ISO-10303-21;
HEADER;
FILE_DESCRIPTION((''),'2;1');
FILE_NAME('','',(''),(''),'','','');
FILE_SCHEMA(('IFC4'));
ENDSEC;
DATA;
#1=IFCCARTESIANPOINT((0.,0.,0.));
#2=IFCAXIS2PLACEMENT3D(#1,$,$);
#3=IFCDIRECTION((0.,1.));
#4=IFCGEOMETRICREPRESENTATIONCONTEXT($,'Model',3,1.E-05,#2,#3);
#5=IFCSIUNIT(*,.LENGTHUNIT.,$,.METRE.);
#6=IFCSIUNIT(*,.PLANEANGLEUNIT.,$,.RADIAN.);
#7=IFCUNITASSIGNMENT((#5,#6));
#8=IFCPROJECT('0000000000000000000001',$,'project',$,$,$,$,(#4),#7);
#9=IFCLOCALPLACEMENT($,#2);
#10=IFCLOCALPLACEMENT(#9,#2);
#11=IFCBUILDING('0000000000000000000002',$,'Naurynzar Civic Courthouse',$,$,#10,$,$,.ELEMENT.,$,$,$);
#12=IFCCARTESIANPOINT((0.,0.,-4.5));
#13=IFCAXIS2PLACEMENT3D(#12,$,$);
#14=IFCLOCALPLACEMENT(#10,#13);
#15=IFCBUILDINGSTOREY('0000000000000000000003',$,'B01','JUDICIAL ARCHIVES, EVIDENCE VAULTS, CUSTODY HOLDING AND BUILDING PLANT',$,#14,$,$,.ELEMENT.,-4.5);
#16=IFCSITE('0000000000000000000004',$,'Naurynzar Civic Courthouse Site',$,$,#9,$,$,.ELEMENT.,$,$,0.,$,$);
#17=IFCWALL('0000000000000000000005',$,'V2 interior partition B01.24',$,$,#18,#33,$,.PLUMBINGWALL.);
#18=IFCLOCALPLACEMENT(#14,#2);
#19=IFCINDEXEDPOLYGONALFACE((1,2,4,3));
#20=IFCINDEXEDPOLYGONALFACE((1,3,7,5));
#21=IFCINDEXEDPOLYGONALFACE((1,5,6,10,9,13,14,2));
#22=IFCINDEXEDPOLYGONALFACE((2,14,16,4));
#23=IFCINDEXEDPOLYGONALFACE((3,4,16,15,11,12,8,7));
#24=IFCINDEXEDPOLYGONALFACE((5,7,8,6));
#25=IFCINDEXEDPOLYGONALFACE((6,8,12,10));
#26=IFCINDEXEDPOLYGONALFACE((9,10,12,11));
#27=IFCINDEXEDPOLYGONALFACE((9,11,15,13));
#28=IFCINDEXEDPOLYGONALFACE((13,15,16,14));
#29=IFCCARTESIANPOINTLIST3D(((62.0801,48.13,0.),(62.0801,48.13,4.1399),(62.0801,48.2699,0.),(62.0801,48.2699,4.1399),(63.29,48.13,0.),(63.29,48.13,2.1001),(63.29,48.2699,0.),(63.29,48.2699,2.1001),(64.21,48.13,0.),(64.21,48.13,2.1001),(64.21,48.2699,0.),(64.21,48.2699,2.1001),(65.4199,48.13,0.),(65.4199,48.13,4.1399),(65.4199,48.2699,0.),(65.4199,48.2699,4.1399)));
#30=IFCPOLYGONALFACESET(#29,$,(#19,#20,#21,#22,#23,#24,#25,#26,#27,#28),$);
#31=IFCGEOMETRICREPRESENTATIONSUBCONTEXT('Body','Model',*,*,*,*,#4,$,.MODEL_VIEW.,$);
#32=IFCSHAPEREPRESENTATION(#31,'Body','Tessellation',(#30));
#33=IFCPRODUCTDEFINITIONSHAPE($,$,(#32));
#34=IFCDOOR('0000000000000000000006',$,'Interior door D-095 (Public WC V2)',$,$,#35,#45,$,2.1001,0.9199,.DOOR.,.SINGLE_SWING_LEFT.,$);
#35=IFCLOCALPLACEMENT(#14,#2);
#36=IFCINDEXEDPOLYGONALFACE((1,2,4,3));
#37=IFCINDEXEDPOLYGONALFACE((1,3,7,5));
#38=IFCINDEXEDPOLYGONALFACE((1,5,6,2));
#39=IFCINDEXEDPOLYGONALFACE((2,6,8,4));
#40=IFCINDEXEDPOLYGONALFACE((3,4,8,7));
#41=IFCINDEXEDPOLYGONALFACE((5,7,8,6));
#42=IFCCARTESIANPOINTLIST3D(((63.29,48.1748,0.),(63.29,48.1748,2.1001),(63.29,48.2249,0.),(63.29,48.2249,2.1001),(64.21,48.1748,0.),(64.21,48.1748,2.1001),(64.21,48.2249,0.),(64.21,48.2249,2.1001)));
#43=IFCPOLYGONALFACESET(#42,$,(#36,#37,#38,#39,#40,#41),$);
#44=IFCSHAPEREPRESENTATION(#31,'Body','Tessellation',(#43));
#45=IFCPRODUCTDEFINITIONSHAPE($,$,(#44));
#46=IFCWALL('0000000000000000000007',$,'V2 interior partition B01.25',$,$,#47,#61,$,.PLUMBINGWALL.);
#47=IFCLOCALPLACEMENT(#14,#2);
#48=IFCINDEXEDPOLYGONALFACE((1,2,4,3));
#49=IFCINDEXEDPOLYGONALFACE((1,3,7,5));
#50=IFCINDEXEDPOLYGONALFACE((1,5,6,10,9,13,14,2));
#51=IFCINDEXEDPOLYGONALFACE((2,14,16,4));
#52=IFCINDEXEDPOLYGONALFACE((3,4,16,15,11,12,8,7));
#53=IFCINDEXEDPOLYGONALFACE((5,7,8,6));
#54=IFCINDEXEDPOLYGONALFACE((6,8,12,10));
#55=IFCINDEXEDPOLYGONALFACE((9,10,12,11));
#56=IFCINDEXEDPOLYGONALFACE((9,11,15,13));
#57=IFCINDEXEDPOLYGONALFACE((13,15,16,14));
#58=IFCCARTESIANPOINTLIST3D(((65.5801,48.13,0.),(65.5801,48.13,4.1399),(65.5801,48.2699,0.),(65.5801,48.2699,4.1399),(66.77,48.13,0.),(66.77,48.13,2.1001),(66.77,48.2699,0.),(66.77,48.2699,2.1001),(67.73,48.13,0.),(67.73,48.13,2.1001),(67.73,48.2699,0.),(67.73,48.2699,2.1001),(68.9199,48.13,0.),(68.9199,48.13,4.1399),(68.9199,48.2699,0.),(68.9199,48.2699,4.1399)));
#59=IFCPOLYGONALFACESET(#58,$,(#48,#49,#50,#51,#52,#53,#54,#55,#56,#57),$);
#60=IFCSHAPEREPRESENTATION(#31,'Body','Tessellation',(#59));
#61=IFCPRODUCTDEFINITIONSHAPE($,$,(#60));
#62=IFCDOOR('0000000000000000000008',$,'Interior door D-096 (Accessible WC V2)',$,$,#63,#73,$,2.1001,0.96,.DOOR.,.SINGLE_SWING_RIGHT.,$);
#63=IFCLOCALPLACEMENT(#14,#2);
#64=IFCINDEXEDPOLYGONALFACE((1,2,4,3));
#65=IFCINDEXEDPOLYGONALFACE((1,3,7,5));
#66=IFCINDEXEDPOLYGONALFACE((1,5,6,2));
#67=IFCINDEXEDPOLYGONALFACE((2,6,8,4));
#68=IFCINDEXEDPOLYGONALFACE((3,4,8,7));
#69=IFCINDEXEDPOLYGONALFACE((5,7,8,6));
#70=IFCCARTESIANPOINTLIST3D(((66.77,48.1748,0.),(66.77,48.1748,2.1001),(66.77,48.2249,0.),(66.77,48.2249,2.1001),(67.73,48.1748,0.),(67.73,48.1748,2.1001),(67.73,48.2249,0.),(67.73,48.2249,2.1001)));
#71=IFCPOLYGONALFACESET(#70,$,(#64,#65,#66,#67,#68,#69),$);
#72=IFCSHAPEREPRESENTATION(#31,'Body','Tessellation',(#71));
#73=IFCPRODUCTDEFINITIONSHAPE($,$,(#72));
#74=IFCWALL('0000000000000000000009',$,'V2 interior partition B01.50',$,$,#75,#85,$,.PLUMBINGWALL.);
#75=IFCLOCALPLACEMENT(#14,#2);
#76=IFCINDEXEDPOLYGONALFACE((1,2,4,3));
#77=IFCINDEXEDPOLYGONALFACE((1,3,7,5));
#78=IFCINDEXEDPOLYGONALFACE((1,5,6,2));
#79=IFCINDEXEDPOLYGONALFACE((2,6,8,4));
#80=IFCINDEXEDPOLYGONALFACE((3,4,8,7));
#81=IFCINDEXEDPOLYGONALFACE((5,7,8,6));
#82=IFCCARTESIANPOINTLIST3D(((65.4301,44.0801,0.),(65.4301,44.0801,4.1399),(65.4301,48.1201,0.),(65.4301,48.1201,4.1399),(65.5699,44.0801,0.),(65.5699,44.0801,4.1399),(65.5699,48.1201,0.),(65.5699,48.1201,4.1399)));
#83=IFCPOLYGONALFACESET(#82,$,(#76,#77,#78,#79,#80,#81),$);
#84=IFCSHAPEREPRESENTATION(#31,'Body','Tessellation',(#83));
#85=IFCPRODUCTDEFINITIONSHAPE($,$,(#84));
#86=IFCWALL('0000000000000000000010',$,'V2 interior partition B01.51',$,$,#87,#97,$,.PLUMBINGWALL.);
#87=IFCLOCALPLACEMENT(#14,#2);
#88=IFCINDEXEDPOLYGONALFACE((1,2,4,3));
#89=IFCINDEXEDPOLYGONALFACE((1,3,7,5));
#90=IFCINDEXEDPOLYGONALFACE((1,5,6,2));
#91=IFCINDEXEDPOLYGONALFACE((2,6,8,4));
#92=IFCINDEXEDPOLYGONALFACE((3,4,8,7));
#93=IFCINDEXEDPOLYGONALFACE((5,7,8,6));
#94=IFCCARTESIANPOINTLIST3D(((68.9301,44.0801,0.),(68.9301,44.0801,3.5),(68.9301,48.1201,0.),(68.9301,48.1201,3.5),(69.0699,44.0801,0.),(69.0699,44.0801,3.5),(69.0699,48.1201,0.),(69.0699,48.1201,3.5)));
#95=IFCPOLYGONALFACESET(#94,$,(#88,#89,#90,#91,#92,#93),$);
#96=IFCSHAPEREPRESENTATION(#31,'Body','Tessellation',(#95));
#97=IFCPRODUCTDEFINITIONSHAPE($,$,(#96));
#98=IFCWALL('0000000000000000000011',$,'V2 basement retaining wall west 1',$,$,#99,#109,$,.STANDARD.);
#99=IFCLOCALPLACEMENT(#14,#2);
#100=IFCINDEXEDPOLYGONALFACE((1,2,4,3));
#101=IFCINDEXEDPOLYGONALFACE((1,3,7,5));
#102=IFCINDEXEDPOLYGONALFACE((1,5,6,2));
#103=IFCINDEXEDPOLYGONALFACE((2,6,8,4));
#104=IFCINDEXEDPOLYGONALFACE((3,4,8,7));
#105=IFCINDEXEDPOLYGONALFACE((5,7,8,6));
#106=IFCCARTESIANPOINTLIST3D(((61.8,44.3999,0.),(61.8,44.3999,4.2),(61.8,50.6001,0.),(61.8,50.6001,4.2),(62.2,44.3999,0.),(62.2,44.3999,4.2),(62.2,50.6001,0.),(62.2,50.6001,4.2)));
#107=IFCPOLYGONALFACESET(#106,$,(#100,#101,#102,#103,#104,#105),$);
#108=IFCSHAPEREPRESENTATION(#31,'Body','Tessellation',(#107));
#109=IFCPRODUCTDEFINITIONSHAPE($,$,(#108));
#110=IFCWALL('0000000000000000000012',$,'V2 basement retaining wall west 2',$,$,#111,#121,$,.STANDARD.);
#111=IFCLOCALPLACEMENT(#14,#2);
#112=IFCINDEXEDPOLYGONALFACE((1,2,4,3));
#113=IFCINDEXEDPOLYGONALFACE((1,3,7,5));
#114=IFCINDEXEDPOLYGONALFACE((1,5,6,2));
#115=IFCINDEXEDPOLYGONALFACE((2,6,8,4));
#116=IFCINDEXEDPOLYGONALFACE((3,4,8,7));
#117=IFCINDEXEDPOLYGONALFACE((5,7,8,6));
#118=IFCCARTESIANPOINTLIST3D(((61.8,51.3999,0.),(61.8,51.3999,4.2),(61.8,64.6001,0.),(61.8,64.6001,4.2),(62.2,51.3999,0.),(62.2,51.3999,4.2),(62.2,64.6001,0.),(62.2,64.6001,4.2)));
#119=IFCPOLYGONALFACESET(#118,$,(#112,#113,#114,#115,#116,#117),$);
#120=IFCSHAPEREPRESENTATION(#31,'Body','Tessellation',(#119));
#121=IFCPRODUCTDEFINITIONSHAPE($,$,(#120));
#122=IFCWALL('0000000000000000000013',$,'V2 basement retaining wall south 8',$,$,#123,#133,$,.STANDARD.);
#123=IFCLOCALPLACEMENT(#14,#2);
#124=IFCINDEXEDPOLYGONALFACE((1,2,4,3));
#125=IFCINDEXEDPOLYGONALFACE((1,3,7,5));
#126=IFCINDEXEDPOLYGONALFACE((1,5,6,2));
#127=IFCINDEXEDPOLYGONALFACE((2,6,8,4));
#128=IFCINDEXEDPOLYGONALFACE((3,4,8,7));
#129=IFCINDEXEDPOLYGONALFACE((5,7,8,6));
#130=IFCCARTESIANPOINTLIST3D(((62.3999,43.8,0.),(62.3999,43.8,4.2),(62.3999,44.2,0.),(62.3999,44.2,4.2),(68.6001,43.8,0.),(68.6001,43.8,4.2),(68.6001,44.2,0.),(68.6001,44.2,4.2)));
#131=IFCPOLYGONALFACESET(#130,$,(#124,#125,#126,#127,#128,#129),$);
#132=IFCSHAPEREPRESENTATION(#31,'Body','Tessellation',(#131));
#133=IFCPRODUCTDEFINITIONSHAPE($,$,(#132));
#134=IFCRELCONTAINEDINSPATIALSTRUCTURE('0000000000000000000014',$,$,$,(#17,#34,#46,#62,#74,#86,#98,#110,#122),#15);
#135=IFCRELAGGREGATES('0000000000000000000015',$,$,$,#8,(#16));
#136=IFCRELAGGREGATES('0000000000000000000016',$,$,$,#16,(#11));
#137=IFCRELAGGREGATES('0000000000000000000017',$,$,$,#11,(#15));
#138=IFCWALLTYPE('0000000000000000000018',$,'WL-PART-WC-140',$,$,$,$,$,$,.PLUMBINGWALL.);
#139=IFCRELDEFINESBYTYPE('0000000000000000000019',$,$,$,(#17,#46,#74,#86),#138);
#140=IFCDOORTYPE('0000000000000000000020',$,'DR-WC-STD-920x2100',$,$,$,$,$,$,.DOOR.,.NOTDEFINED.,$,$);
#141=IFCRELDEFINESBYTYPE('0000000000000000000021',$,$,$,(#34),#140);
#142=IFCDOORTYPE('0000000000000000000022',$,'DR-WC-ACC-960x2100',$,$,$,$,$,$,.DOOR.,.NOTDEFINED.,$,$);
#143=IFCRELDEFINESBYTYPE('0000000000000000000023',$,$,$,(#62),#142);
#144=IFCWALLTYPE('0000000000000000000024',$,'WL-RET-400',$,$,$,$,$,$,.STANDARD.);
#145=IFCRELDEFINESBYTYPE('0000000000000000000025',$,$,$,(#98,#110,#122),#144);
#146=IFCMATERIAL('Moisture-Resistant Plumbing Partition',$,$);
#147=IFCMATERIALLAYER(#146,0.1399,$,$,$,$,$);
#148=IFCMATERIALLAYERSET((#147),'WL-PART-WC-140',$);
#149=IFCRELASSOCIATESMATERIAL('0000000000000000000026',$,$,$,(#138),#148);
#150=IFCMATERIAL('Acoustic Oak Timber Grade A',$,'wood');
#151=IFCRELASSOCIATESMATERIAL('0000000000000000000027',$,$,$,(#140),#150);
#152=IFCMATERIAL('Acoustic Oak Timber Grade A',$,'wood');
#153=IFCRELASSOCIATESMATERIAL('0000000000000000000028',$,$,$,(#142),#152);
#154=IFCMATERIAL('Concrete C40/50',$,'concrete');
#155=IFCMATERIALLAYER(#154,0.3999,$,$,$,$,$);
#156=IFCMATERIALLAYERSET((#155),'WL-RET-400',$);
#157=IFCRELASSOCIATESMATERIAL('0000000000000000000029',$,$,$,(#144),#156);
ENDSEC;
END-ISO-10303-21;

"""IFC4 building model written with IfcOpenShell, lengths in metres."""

from ifc_helpers import new_model, si_unit, direction, frame, frame_2d, origin, place, context, subcontext, project, spatial, rectangle, extrude, material, layer, layer_set, type_object, element, fill, save


model = new_model("IFC4")

# Units and contexts
model_context = context("Model", 3, precision=1e-05, world=origin(), true_north=direction((0.0, 1.0)))
body_context = subcontext(model_context, "Body", "Model", "MODEL_VIEW")
ifc_project = project(units=[si_unit("LENGTHUNIT", "METRE"), si_unit("PLANEANGLEUNIT", "RADIAN")], contexts=[model_context])

# Site, building, storey
site_placement = place(None, origin())
site = spatial("IfcSite", under=ifc_project, at=site_placement, Name="Naurynzar Civic Courthouse Site", CompositionType="ELEMENT", RefElevation=0.0)
building_placement = place(site_placement, origin())
building = spatial("IfcBuilding", under=site, at=building_placement, Name="Naurynzar Civic Courthouse", CompositionType="ELEMENT")
storey_placement = place(building_placement, frame((0.0, 0.0, -4.5)))
storey = spatial("IfcBuildingStorey", under=building, at=storey_placement, Name="B01", Description="JUDICIAL ARCHIVES, EVIDENCE VAULTS, CUSTODY HOLDING AND BUILDING PLANT", CompositionType="ELEMENT", Elevation=-4.5)

# Walls, openings, doors
ifc_material_1 = material(Name="Moisture-Resistant Plumbing Partition")
ifc_layer_1 = layer(ifc_material_1, 0.1399)
ifc_layer_set_1 = layer_set([ifc_layer_1], Name="WL-PART-WC-140")
wall_type_1 = type_object("IfcWallType", Name="WL-PART-WC-140", PredefinedType="PLUMBINGWALL", material=ifc_layer_set_1)
wall_1_placement = place(storey_placement, frame((62.0801, 48.2, 0.0), z_axis=(0.0, 0.0, 1.0), x_axis=(1.0, 0.0, 0.0)))
wall_1 = element("IfcWall", 1, at=wall_1_placement, inside=storey, type_object=wall_type_1, Name="V2 interior partition B01.24", PredefinedType="PLUMBINGWALL", context=body_context, shape_type="SweptSolid", body=[
    extrude(rectangle(XDim=3.3398, YDim=0.1399, at=frame_2d((1.6699, 0.0))), origin(), (0.0, 0.0, 1.0), 4.1399),
])
opening_1_placement = place(wall_1_placement, frame((1.21, 0.0, 0.0)))
opening_1 = element("IfcOpeningElement", 2, at=opening_1_placement, cuts=wall_1, PredefinedType="OPENING", context=body_context, shape_type="SweptSolid", body=[
    extrude(rectangle(XDim=0.9199, YDim=2.1001, at=frame_2d((0.46, 1.05))), frame((0.0, 0.0798, 0.0), z_axis=(0.0, -1.0, 0.0), x_axis=(1.0, 0.0, 0.0)), (0.0, 0.0, 1.0), 0.1599),
])
ifc_material_2 = material(Name="Acoustic Oak Timber Grade A", Category="wood")
door_type_1 = type_object("IfcDoorType", Name="DR-WC-STD-920x2100", OperationType="NOTDEFINED", PredefinedType="DOOR", material=ifc_material_2)
door_1_placement = place(opening_1_placement, origin())
door_1 = element("IfcDoor", 3, at=door_1_placement, inside=storey, type_object=door_type_1, Name="Interior door D-095 (Public WC V2)", OperationType="SINGLE_SWING_LEFT", OverallHeight=2.1001, OverallWidth=0.9199, PredefinedType="DOOR", context=body_context, shape_type="SweptSolid", body=[
    extrude(rectangle(XDim=0.9199, YDim=2.1001, at=frame_2d((0.46, 1.05))), frame((0.0, 0.0249, 0.0), z_axis=(0.0, -1.0, 0.0), x_axis=(1.0, 0.0, 0.0)), (0.0, 0.0, 1.0), 0.05),
])
fill(opening_1, door_1)
wall_2_placement = place(storey_placement, frame((65.5801, 48.2, 0.0), z_axis=(0.0, 0.0, 1.0), x_axis=(1.0, 0.0, 0.0)))
wall_2 = element("IfcWall", 4, at=wall_2_placement, inside=storey, type_object=wall_type_1, Name="V2 interior partition B01.25", PredefinedType="PLUMBINGWALL", context=body_context, shape_type="SweptSolid", body=[
    extrude(rectangle(XDim=3.3398, YDim=0.1399, at=frame_2d((1.6699, 0.0))), origin(), (0.0, 0.0, 1.0), 4.1399),
])
opening_2_placement = place(wall_2_placement, frame((1.1899, 0.0, 0.0)))
opening_2 = element("IfcOpeningElement", 5, at=opening_2_placement, cuts=wall_2, PredefinedType="OPENING", context=body_context, shape_type="SweptSolid", body=[
    extrude(rectangle(XDim=0.96, YDim=2.1001, at=frame_2d((0.48, 1.05))), frame((0.0, 0.0798, 0.0), z_axis=(0.0, -1.0, 0.0), x_axis=(1.0, 0.0, 0.0)), (0.0, 0.0, 1.0), 0.1599),
])
ifc_material_3 = material(Name="Acoustic Oak Timber Grade A", Category="wood")
door_type_2 = type_object("IfcDoorType", Name="DR-WC-ACC-960x2100", OperationType="NOTDEFINED", PredefinedType="DOOR", material=ifc_material_3)
door_2_placement = place(opening_2_placement, origin())
door_2 = element("IfcDoor", 6, at=door_2_placement, inside=storey, type_object=door_type_2, Name="Interior door D-096 (Accessible WC V2)", OperationType="SINGLE_SWING_RIGHT", OverallHeight=2.1001, OverallWidth=0.96, PredefinedType="DOOR", context=body_context, shape_type="SweptSolid", body=[
    extrude(rectangle(XDim=0.96, YDim=2.1001, at=frame_2d((0.48, 1.05))), frame((0.0, 0.0249, 0.0), z_axis=(0.0, -1.0, 0.0), x_axis=(1.0, 0.0, 0.0)), (0.0, 0.0, 1.0), 0.05),
])
fill(opening_2, door_2)

# Walls
wall_3_placement = place(storey_placement, frame((65.5, 44.0801, 0.0), z_axis=(0.0, 0.0, 1.0), x_axis=(0.0, 1.0, 0.0)))
element("IfcWall", 7, at=wall_3_placement, inside=storey, type_object=wall_type_1, Name="V2 interior partition B01.50", PredefinedType="PLUMBINGWALL", context=body_context, shape_type="SweptSolid", body=[
    extrude(rectangle(XDim=4.04, YDim=0.1399, at=frame_2d((2.02, 0.0))), origin(), (0.0, 0.0, 1.0), 4.1399),
])
wall_4_placement = place(storey_placement, frame((69.0, 44.0801, 0.0), z_axis=(0.0, 0.0, 1.0), x_axis=(0.0, 1.0, 0.0)))
element("IfcWall", 8, at=wall_4_placement, inside=storey, type_object=wall_type_1, Name="V2 interior partition B01.51", PredefinedType="PLUMBINGWALL", context=body_context, shape_type="SweptSolid", body=[
    extrude(rectangle(XDim=4.04, YDim=0.1399, at=frame_2d((2.02, 0.0))), origin(), (0.0, 0.0, 1.0), 3.5),
])
ifc_material_4 = material(Name="Concrete C40/50", Category="concrete")
ifc_layer_2 = layer(ifc_material_4, 0.3999)
ifc_layer_set_2 = layer_set([ifc_layer_2], Name="WL-RET-400")
wall_type_2 = type_object("IfcWallType", Name="WL-RET-400", PredefinedType="STANDARD", material=ifc_layer_set_2)
wall_5_placement = place(storey_placement, frame((62.0, 44.3999, 0.0), z_axis=(0.0, 0.0, 1.0), x_axis=(0.0, 1.0, 0.0)))
element("IfcWall", 9, at=wall_5_placement, inside=storey, type_object=wall_type_2, Name="V2 basement retaining wall west 1", PredefinedType="STANDARD", context=body_context, shape_type="SweptSolid", body=[
    extrude(rectangle(XDim=6.2002, YDim=0.3999, at=frame_2d((3.1001, 0.0))), origin(), (0.0, 0.0, 1.0), 4.2),
])
wall_6_placement = place(storey_placement, frame((62.0, 51.3999, 0.0), z_axis=(0.0, 0.0, 1.0), x_axis=(0.0, 1.0, 0.0)))
element("IfcWall", 10, at=wall_6_placement, inside=storey, type_object=wall_type_2, Name="V2 basement retaining wall west 2", PredefinedType="STANDARD", context=body_context, shape_type="SweptSolid", body=[
    extrude(rectangle(XDim=13.2002, YDim=0.3999, at=frame_2d((6.6001, 0.0))), origin(), (0.0, 0.0, 1.0), 4.2),
])
wall_7_placement = place(storey_placement, frame((68.6001, 44.0, 0.0), z_axis=(0.0, 0.0, 1.0), x_axis=(-1.0, 0.0, 0.0)))
element("IfcWall", 11, at=wall_7_placement, inside=storey, type_object=wall_type_2, Name="V2 basement retaining wall south 8", PredefinedType="STANDARD", context=body_context, shape_type="SweptSolid", body=[
    extrude(rectangle(XDim=6.2002, YDim=0.3999, at=frame_2d((3.1001, 0.0))), origin(), (0.0, 0.0, 1.0), 4.2),
])

save(model, "model.ifc")
